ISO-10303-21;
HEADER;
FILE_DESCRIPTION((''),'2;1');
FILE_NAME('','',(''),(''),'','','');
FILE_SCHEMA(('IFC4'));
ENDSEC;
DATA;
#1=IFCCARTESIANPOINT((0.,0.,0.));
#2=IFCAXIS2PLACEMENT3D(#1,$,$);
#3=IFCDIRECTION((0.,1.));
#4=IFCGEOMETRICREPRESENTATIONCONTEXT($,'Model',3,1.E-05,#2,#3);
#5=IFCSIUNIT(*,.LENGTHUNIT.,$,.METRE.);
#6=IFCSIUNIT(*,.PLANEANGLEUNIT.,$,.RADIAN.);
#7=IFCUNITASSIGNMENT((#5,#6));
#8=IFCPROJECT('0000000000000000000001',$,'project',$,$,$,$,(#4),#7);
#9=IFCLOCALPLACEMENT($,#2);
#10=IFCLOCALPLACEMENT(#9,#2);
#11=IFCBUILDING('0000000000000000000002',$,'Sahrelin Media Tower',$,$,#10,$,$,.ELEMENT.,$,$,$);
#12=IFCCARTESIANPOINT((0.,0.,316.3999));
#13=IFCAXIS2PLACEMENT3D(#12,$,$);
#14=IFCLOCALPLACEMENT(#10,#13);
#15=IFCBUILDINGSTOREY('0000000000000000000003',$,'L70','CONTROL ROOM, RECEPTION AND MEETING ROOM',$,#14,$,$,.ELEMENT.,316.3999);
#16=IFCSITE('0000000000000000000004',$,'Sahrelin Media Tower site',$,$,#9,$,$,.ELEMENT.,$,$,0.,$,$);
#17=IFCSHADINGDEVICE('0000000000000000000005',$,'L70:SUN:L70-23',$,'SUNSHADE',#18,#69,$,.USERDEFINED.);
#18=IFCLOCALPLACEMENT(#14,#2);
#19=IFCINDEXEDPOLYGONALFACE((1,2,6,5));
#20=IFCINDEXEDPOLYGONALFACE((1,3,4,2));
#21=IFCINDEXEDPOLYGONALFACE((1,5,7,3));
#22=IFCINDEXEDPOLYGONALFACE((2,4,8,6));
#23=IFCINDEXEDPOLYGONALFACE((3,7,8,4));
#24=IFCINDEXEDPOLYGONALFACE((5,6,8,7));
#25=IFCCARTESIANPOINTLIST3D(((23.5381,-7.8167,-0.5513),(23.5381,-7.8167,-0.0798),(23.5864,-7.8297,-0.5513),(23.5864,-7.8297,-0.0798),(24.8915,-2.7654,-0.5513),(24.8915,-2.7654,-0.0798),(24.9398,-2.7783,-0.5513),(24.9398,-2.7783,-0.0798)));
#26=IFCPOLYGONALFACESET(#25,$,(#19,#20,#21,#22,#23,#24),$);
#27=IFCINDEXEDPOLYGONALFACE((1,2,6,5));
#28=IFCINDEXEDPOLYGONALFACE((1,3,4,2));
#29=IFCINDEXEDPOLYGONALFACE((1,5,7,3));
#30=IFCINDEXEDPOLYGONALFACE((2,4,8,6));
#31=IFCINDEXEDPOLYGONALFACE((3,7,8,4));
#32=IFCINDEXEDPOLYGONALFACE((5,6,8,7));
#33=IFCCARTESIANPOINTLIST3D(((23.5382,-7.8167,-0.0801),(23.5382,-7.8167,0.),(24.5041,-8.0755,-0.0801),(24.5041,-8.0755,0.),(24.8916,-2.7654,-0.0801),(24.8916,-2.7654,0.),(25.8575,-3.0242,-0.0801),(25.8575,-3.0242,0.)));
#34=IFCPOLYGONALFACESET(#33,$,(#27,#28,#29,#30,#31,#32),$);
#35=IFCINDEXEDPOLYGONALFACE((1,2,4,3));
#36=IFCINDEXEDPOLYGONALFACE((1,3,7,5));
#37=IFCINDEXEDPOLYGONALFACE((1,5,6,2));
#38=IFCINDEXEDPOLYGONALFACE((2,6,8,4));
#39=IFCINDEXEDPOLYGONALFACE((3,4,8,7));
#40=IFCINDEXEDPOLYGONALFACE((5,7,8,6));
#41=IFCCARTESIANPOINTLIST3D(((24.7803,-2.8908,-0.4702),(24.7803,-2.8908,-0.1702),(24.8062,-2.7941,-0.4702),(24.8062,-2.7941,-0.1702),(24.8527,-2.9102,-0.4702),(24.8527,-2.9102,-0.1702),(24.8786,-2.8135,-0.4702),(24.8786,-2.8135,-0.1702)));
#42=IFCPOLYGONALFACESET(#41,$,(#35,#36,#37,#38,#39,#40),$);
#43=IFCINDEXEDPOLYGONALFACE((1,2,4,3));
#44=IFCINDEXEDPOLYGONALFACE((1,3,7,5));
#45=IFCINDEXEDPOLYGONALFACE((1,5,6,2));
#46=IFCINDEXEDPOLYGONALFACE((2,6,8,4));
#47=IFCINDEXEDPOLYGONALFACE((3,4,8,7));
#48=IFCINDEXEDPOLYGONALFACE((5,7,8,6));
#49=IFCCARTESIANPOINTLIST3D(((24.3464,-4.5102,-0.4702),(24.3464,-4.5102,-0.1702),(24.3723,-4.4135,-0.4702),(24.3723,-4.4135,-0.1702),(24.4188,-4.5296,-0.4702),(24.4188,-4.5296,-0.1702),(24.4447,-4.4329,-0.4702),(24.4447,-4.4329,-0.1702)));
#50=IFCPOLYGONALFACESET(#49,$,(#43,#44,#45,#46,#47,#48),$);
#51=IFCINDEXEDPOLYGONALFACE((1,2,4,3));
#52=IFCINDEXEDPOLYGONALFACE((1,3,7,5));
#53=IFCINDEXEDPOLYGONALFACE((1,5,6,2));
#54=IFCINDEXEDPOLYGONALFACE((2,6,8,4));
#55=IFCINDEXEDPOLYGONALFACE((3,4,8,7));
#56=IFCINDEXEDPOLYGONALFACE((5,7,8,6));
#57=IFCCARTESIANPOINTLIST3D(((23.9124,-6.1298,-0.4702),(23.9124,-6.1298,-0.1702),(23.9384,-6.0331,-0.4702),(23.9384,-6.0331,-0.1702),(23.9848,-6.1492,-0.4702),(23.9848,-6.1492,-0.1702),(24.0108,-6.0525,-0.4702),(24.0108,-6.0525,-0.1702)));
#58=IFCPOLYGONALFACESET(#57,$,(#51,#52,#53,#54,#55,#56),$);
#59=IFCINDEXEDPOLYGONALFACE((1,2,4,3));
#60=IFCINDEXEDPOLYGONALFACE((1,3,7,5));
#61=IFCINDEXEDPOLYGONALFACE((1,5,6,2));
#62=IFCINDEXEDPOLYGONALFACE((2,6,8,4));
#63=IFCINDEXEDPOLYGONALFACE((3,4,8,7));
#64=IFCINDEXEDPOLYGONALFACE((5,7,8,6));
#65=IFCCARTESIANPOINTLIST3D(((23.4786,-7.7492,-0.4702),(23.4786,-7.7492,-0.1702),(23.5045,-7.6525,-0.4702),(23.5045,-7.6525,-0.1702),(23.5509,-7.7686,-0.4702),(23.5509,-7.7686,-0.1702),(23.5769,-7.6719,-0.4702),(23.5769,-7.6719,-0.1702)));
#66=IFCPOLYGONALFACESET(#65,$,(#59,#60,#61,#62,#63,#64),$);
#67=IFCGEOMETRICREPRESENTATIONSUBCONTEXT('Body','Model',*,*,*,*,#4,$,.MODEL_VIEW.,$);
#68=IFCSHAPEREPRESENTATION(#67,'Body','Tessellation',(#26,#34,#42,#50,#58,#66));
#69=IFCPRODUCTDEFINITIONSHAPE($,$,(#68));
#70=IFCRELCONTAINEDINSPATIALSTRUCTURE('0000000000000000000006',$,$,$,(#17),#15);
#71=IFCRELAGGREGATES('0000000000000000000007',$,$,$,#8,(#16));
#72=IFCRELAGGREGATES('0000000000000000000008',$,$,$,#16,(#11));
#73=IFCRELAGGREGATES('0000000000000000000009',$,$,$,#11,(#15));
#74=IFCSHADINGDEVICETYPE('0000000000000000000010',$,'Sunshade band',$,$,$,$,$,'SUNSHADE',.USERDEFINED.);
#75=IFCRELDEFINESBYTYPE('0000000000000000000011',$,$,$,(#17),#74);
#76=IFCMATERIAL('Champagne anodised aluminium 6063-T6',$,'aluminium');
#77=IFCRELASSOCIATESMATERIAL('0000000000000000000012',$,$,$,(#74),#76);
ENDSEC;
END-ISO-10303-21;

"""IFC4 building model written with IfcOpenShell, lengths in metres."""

from ifc_helpers import new_model, si_unit, direction, frame, origin, origin_2d, place, context, subcontext, project, spatial, rectangle, extrude, material, type_object, element, save


model = new_model("IFC4")

# Units and contexts
model_context = context("Model", 3, precision=1e-05, world=origin(), true_north=direction((0.0, 1.0)))
body_context = subcontext(model_context, "Body", "Model", "MODEL_VIEW")
ifc_project = project(units=[si_unit("LENGTHUNIT", "METRE"), si_unit("PLANEANGLEUNIT", "RADIAN")], contexts=[model_context])

# Site, building, storey
site_placement = place(None, origin())
site = spatial("IfcSite", under=ifc_project, at=site_placement, Name="Sahrelin Media Tower site", CompositionType="ELEMENT", RefElevation=0.0)
building_placement = place(site_placement, origin())
building = spatial("IfcBuilding", under=site, at=building_placement, Name="Sahrelin Media Tower", CompositionType="ELEMENT")
storey_placement = place(building_placement, frame((0.0, 0.0, 316.3999)))
storey = spatial("IfcBuildingStorey", under=building, at=storey_placement, Name="L70", Description="CONTROL ROOM, RECEPTION AND MEETING ROOM", CompositionType="ELEMENT", Elevation=316.3999)

# Shared definitions
ifc_material_1 = material(Name="Champagne anodised aluminium 6063-T6", Category="aluminium")

# Shading device
placement_1 = place(storey_placement, frame((24.1956, -5.2859, 0.0), z_axis=(0.0, 0.0, 1.0), x_axis=(-0.258808, -0.965929, 0.0)))
shading_device_type_1 = type_object("IfcShadingDeviceType", Name="Sunshade band", ElementType="SUNSHADE", PredefinedType="USERDEFINED", material=ifc_material_1)
element("IfcShadingDevice", 1, at=placement_1, inside=storey, type_object=shading_device_type_1, Name="L70:SUN:L70-23", ObjectType="SUNSHADE", PredefinedType="USERDEFINED", context=body_context, shape_type="SweptSolid", body=[
    extrude(rectangle(XDim=5.2295, YDim=0.05, at=origin_2d()), frame((0.0, 0.0449, -0.5513)), (0.0, 0.0, 1.0), 0.4714),
    extrude(rectangle(XDim=5.2295, YDim=1.0, at=origin_2d()), frame((0.0, 0.52, -0.0801)), (0.0, 0.0, 1.0), 0.0801),
    extrude(rectangle(XDim=0.1001, YDim=0.075, at=origin_2d()), frame((-2.5149, -0.0176, -0.4702)), (0.0, 0.0, 1.0), 0.3),
    extrude(rectangle(XDim=0.1001, YDim=0.075, at=origin_2d()), frame((-0.8384, -0.0176, -0.4702)), (0.0, 0.0, 1.0), 0.3),
    extrude(rectangle(XDim=0.1001, YDim=0.075, at=origin_2d()), frame((0.8384, -0.0176, -0.4702)), (0.0, 0.0, 1.0), 0.3),
    extrude(rectangle(XDim=0.1001, YDim=0.075, at=origin_2d()), frame((2.5149, -0.0176, -0.4702)), (0.0, 0.0, 1.0), 0.3),
])

save(model, "model.ifc")
